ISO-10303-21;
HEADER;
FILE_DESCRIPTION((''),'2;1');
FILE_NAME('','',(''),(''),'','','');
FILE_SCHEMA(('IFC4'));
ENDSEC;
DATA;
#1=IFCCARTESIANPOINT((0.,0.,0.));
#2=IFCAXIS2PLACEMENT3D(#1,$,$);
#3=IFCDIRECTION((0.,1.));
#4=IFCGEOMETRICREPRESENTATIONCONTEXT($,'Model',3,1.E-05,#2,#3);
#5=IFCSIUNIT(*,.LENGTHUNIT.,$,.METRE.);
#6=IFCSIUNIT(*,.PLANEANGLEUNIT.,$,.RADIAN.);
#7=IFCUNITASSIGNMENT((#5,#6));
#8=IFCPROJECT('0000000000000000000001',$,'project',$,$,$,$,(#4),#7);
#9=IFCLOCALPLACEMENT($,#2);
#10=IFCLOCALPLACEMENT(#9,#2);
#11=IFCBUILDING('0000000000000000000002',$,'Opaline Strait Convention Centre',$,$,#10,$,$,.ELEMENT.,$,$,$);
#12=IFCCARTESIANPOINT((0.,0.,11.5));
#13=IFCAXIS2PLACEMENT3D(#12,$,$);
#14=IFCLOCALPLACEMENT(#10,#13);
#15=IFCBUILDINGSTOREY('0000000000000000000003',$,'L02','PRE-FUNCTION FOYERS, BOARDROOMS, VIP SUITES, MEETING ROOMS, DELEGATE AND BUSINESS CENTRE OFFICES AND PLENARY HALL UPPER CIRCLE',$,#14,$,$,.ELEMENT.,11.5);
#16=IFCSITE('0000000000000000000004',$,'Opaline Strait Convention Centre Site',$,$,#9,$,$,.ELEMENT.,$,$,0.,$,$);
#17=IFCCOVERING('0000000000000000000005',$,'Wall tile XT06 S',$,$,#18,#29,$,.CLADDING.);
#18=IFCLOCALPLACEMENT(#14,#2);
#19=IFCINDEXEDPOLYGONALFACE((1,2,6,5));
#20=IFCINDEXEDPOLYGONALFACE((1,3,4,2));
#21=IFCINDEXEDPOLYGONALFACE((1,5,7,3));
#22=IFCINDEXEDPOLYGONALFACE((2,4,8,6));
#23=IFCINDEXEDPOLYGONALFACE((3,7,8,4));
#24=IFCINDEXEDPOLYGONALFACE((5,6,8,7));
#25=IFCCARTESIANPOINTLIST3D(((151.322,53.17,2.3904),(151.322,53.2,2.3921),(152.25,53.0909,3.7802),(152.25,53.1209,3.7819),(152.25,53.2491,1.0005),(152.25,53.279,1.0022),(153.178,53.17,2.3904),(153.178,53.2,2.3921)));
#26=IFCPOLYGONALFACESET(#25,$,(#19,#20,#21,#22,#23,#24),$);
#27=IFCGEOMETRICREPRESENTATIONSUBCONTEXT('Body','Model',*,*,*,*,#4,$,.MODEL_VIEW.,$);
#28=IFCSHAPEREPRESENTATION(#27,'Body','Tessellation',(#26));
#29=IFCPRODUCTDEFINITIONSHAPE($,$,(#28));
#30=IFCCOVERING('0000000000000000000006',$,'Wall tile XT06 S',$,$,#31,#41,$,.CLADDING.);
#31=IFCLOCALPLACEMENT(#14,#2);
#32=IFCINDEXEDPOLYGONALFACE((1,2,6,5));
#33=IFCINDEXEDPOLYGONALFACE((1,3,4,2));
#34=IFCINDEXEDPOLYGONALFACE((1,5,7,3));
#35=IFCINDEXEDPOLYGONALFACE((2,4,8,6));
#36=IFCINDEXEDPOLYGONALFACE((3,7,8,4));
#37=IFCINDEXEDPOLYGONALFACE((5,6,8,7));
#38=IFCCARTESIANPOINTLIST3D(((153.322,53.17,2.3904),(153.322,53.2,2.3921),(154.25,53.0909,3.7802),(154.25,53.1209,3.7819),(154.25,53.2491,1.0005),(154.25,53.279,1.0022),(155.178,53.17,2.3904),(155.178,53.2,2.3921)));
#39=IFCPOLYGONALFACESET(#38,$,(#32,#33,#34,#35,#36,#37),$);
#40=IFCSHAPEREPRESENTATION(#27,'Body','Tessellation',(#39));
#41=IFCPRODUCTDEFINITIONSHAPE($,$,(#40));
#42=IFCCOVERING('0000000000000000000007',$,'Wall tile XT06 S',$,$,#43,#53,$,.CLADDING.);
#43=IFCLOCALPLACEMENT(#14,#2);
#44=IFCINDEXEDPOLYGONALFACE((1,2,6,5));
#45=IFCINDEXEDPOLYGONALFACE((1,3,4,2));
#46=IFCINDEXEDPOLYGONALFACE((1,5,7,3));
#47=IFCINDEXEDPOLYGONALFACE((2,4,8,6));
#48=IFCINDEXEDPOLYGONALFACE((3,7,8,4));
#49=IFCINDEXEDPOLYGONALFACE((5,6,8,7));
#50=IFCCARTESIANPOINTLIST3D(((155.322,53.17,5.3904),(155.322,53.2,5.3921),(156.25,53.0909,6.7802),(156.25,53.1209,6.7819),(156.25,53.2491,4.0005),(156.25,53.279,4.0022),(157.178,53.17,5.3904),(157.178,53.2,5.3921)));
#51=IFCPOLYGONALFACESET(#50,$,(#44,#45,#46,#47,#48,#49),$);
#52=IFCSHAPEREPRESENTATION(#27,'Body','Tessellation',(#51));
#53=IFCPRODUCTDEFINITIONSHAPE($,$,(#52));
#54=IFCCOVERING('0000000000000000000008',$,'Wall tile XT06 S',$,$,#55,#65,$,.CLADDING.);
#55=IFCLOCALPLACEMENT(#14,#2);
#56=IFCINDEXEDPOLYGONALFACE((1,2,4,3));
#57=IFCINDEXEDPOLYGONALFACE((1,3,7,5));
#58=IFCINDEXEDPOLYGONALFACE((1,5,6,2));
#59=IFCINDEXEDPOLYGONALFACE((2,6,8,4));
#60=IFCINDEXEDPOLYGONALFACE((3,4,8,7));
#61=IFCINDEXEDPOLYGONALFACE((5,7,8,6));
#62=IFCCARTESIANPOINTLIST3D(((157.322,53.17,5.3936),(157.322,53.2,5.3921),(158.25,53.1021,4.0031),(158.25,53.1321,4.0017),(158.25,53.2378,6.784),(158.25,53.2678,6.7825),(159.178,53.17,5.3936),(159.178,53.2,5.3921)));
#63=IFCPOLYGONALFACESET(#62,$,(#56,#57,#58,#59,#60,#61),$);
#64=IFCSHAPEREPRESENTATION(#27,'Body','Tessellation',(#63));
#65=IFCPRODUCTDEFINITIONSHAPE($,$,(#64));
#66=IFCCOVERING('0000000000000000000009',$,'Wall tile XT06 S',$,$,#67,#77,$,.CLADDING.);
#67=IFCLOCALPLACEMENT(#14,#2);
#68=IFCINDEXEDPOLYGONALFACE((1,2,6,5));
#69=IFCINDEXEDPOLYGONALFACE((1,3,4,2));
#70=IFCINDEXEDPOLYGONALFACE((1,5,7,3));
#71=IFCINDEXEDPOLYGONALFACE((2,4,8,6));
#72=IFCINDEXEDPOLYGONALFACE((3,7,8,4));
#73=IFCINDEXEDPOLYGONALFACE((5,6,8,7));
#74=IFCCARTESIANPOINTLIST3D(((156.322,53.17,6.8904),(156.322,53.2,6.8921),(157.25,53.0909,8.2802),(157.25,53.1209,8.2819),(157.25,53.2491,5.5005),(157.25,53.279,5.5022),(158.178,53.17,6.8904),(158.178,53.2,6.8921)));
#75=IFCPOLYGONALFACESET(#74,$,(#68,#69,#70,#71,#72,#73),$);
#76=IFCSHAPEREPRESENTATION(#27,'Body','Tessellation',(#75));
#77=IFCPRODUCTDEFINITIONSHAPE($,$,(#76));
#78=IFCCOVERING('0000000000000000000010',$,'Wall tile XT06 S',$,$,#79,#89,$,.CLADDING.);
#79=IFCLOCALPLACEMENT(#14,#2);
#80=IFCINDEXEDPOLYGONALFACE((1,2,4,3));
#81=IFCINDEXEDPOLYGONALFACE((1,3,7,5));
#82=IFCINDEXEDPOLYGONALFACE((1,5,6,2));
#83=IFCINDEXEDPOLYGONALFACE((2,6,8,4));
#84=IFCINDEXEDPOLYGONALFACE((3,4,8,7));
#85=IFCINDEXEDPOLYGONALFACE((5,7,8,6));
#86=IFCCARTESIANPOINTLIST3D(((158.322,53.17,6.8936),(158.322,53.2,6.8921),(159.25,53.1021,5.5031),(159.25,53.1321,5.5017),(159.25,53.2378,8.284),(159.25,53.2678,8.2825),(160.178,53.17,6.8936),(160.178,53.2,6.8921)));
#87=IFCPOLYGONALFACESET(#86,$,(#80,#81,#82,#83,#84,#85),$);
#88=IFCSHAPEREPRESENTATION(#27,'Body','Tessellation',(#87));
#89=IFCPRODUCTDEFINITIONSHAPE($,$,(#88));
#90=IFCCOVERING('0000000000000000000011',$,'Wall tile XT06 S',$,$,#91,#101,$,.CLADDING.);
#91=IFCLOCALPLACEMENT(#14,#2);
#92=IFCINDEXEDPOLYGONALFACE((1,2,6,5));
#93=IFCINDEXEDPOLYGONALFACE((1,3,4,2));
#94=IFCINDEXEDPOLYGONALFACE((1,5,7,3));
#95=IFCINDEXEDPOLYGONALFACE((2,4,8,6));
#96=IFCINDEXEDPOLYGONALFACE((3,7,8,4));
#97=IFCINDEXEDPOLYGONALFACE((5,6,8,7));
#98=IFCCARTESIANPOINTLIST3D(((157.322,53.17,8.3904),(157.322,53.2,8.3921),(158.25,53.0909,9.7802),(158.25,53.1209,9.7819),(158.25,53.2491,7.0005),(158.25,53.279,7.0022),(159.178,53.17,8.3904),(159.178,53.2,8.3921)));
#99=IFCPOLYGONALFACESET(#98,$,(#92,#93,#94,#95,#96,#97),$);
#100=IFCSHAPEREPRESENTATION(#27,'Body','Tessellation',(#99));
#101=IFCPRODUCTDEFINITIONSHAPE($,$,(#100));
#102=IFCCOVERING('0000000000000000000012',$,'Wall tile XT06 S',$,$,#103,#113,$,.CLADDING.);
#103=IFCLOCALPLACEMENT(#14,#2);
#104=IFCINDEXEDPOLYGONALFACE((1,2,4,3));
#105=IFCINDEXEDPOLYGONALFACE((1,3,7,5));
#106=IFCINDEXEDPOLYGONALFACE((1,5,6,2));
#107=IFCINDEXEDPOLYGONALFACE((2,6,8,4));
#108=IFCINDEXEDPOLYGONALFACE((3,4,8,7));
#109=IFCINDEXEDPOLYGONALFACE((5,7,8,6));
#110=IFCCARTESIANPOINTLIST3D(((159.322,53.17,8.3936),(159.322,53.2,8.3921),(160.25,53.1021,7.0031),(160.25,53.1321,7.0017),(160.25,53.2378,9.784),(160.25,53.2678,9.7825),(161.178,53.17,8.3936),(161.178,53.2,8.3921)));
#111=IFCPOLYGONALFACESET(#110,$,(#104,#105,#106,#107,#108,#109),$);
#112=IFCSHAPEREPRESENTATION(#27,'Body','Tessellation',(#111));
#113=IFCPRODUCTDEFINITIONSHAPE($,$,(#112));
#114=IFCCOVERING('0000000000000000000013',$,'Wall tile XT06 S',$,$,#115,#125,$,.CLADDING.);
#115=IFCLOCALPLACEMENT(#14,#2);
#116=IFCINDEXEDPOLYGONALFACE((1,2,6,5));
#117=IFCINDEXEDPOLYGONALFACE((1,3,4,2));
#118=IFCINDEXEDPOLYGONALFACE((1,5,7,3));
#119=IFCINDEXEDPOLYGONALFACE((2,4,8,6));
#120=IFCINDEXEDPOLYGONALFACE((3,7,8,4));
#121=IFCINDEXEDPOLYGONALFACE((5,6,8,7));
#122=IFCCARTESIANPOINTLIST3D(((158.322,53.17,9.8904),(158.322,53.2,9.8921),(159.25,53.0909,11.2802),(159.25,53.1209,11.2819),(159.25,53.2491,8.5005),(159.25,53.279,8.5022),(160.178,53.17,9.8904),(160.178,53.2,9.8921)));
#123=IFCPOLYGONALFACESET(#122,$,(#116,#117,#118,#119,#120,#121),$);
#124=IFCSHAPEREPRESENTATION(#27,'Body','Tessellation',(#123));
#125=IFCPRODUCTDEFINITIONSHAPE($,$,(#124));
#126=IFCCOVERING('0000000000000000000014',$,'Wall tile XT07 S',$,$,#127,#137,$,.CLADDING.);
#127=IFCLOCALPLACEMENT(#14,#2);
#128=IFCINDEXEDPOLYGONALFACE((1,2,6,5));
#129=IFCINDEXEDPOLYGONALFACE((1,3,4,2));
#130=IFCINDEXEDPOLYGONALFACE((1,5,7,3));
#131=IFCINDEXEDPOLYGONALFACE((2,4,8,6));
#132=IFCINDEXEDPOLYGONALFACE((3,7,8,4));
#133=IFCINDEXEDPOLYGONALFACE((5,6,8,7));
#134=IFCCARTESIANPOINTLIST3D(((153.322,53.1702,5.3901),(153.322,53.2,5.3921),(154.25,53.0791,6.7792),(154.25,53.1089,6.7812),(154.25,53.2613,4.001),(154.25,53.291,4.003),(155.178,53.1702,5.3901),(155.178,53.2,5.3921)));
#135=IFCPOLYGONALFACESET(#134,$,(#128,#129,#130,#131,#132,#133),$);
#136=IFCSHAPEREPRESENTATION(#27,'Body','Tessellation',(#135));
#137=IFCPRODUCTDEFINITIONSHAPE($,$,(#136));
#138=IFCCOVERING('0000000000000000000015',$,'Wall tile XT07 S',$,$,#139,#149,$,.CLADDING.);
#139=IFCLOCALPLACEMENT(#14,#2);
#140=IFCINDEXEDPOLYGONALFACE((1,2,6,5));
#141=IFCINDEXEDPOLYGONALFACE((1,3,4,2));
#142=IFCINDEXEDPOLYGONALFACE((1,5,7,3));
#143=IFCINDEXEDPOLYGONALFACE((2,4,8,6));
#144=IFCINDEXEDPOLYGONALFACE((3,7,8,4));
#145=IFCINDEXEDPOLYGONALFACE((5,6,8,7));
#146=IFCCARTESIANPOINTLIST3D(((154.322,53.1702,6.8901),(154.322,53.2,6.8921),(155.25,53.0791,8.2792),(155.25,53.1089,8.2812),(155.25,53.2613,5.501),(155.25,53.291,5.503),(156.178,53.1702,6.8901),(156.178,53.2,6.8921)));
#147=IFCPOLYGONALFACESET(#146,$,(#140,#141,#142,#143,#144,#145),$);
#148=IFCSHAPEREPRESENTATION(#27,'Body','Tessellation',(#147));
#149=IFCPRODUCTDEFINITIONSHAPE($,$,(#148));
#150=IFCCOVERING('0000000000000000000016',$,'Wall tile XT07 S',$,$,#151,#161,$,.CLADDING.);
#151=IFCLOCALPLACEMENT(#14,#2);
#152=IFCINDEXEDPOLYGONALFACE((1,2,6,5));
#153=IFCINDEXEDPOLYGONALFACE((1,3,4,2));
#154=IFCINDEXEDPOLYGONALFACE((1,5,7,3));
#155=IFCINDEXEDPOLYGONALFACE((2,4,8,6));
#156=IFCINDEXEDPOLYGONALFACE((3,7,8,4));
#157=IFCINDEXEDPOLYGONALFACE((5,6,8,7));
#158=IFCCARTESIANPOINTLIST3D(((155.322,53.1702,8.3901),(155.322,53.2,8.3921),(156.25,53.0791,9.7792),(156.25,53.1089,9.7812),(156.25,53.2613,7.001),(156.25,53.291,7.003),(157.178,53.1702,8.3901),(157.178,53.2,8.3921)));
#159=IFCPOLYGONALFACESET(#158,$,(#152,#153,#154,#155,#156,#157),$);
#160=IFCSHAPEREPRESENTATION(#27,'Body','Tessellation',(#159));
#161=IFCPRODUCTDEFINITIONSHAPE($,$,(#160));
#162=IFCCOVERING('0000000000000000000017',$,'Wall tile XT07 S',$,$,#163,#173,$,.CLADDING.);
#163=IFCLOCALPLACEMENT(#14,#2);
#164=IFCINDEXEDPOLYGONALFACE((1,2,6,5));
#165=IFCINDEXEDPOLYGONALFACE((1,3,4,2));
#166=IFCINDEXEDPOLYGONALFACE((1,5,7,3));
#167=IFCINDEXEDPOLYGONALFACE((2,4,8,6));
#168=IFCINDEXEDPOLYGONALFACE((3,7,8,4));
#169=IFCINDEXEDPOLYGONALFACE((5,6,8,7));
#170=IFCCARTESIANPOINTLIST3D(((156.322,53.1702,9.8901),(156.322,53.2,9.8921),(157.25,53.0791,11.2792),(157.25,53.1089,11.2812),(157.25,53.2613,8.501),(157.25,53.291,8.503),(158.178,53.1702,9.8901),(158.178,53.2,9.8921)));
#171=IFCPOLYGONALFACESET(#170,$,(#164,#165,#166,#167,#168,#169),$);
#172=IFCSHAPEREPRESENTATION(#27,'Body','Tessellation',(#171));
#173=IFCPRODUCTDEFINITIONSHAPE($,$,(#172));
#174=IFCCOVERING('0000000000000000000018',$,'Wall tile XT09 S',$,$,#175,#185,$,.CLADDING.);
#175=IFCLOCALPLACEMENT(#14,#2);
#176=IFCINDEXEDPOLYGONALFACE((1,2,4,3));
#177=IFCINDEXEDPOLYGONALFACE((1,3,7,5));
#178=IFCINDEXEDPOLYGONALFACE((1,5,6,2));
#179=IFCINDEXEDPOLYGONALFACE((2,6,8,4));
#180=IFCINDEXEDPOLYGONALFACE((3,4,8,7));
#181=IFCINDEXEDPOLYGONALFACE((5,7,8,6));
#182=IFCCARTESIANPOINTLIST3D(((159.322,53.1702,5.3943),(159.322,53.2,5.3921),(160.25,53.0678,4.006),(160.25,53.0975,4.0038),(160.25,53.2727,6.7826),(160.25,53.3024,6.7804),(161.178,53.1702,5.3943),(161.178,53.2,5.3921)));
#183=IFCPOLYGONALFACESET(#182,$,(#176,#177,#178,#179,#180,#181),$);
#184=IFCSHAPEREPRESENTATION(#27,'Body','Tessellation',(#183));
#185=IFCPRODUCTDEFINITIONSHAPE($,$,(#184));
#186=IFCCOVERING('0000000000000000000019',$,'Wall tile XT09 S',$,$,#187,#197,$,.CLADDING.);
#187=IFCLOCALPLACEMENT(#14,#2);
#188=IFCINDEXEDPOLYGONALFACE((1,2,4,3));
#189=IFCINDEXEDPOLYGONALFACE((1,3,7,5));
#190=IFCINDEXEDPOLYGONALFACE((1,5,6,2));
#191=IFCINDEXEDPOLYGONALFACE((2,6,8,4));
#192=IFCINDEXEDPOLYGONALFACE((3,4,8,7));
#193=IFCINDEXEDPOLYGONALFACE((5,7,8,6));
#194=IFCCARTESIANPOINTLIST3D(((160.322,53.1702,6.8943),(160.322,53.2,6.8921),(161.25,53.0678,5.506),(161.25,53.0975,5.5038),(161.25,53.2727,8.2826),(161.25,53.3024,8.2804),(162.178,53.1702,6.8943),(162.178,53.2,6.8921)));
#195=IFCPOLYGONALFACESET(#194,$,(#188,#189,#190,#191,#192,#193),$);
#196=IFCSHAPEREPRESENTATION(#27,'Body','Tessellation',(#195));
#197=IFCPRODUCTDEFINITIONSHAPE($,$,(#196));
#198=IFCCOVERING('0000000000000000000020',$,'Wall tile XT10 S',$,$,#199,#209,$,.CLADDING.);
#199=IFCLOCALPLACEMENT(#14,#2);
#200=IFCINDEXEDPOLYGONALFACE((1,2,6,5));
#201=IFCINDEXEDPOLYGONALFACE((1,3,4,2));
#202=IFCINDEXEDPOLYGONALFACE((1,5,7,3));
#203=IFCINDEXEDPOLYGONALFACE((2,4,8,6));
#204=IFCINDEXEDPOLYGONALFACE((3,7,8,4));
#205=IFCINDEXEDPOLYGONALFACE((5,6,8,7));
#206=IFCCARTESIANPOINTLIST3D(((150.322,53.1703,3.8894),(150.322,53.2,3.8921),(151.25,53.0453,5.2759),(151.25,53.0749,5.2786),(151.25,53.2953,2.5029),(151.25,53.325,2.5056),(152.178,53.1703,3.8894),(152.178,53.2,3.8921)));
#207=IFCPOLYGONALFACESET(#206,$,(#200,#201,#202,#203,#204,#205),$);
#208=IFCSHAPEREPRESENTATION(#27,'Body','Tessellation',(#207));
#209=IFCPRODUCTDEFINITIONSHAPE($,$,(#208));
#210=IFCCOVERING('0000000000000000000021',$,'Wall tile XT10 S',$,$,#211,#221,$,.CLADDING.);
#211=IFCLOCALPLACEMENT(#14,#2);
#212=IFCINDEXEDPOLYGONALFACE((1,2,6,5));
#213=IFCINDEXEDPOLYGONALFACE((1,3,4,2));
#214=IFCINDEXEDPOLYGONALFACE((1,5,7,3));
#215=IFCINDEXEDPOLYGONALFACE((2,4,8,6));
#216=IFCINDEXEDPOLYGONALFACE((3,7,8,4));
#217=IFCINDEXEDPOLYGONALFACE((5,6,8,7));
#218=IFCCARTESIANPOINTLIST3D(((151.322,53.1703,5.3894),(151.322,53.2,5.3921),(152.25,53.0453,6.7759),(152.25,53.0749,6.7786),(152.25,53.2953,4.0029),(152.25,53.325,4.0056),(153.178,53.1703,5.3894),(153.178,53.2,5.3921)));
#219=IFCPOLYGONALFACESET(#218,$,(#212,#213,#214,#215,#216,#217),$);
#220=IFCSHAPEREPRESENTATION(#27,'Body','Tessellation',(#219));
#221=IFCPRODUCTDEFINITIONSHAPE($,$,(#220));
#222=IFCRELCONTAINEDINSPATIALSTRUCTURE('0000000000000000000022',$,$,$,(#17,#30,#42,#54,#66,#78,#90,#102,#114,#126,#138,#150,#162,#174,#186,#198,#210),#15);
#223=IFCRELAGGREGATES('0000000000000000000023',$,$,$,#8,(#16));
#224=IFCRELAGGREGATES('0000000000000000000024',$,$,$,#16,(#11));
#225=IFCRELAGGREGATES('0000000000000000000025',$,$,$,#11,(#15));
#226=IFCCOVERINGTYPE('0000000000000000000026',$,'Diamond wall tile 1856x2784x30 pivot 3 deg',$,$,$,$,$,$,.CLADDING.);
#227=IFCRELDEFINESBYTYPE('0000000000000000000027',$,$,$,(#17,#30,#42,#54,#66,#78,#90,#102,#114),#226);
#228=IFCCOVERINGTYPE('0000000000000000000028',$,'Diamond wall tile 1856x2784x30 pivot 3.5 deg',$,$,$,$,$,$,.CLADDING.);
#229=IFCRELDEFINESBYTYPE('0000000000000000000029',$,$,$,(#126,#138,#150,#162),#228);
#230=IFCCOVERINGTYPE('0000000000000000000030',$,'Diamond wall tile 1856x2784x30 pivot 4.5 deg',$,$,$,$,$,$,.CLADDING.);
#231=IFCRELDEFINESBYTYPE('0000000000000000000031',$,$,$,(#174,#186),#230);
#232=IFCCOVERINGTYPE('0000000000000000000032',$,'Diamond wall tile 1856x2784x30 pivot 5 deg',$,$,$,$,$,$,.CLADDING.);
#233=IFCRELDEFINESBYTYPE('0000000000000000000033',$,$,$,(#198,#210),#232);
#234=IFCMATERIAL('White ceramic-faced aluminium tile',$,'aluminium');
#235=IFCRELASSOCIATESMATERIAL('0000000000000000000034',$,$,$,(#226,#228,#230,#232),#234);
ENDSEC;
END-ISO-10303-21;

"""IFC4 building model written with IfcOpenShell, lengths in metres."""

from ifc_helpers import new_model, si_unit, direction, frame, origin, place, context, subcontext, project, spatial, polyline, outline, extrude, material, material_profile, profile_set, type_object, element, save


model = new_model("IFC4")

# Units and contexts
model_context = context("Model", 3, precision=1e-05, world=origin(), true_north=direction((0.0, 1.0)))
body_context = subcontext(model_context, "Body", "Model", "MODEL_VIEW")
ifc_project = project(units=[si_unit("LENGTHUNIT", "METRE"), si_unit("PLANEANGLEUNIT", "RADIAN")], contexts=[model_context])

# Site, building, storey
site_placement = place(None, origin())
site = spatial("IfcSite", under=ifc_project, at=site_placement, Name="Opaline Strait Convention Centre Site", CompositionType="ELEMENT", RefElevation=0.0)
building_placement = place(site_placement, origin())
building = spatial("IfcBuilding", under=site, at=building_placement, Name="Opaline Strait Convention Centre", CompositionType="ELEMENT")
storey_placement = place(building_placement, frame((0.0, 0.0, 11.5)))
storey = spatial("IfcBuildingStorey", under=building, at=storey_placement, Name="L02", Description="PRE-FUNCTION FOYERS, BOARDROOMS, VIP SUITES, MEETING ROOMS, DELEGATE AND BUSINESS CENTRE OFFICES AND PLENARY HALL UPPER CIRCLE", CompositionType="ELEMENT", Elevation=11.5)

# Coverings
ifc_material = material(Name="White ceramic-faced aluminium tile", Category="aluminium")
ifc_material_profile_1 = material_profile(ifc_material, outline(polyline([(0.928, 0.0), (0.0, 1.3921), (-0.928, 0.0), (0.0, -1.3921), (0.928, 0.0)])), Name="Diamond tile 1856x2784")
ifc_profile_set_1 = profile_set([ifc_material_profile_1], Name="White ceramic-faced aluminium tile")
covering_type_1 = type_object("IfcCoveringType", Name="Diamond wall tile 1856x2784x30 pivot 3 deg", PredefinedType="CLADDING", material=ifc_profile_set_1)
for number, where, z_axis, x_axis, name in (
    (1, (152.25, 53.2, 2.3921), (0.0, -0.998385, -0.056819), (1.0, 0.0, 0.0), "Wall tile XT06 S"),
    (2, (154.25, 53.2, 2.3921), (0.0, -0.998385, -0.056819), (1.0, 0.0, 0.0), "Wall tile XT06 S"),
    (3, (156.25, 53.2, 5.3921), (0.0, -0.998385, -0.056819), (1.0, 0.0, 0.0), "Wall tile XT06 S"),
    (4, (158.25, 53.2, 5.3921), (0.0, -0.998812, 0.048723), (1.0, 0.0, 0.0), "Wall tile XT06 S"),
    (5, (157.25, 53.2, 6.8921), (0.0, -0.998385, -0.056819), (1.0, 0.0, 0.0), "Wall tile XT06 S"),
    (6, (159.25, 53.2, 6.8921), (0.0, -0.998812, 0.048723), (1.0, 0.0, 0.0), "Wall tile XT06 S"),
    (7, (158.25, 53.2, 8.3921), (0.0, -0.998385, -0.056819), (1.0, 0.0, 0.0), "Wall tile XT06 S"),
    (8, (160.25, 53.2, 8.3921), (0.0, -0.998812, 0.048723), (1.0, 0.0, 0.0), "Wall tile XT06 S"),
    (9, (159.25, 53.2, 9.8921), (0.0, -0.998385, -0.056819), (1.0, 0.0, 0.0), "Wall tile XT06 S"),
):
    element("IfcCovering", number, at=place(storey_placement, frame(where, z_axis=z_axis, x_axis=x_axis)), inside=storey, type_object=covering_type_1, Name=name, PredefinedType="CLADDING", context=body_context, shape_type="SweptSolid", body=[
        extrude(outline(polyline([(0.928, 0.0), (0.0, 1.3921), (-0.928, 0.0), (0.0, -1.3921), (0.928, 0.0)])), origin(), (0.0, 0.0, 1.0), 0.03),
    ])
ifc_material_profile_2 = material_profile(ifc_material, outline(polyline([(0.928, 0.0), (0.0, 1.3921), (-0.928, 0.0), (0.0, -1.3921), (0.928, 0.0)])), Name="Diamond tile 1856x2784")
ifc_profile_set_2 = profile_set([ifc_material_profile_2], Name="White ceramic-faced aluminium tile")
covering_type_2 = type_object("IfcCoveringType", Name="Diamond wall tile 1856x2784x30 pivot 3.5 deg", PredefinedType="CLADDING", material=ifc_profile_set_2)
for number, where, z_axis, x_axis, name in (
    (10, (154.25, 53.2, 5.3921), (0.0, -0.997857, -0.065433), (1.0, 0.0, 0.0), "Wall tile XT07 S"),
    (11, (155.25, 53.2, 6.8921), (0.0, -0.997857, -0.065433), (1.0, 0.0, 0.0), "Wall tile XT07 S"),
    (12, (156.25, 53.2, 8.3921), (0.0, -0.997857, -0.065433), (1.0, 0.0, 0.0), "Wall tile XT07 S"),
    (13, (157.25, 53.2, 9.8921), (0.0, -0.997857, -0.065433), (1.0, 0.0, 0.0), "Wall tile XT07 S"),
):
    element("IfcCovering", number, at=place(storey_placement, frame(where, z_axis=z_axis, x_axis=x_axis)), inside=storey, type_object=covering_type_2, Name=name, PredefinedType="CLADDING", context=body_context, shape_type="SweptSolid", body=[
        extrude(outline(polyline([(0.928, 0.0), (0.0, 1.3921), (-0.928, 0.0), (0.0, -1.3921), (0.928, 0.0)])), origin(), (0.0, 0.0, 1.0), 0.0298),
    ])
ifc_material_profile_3 = material_profile(ifc_material, outline(polyline([(0.928, 0.0), (0.0, 1.3921), (-0.928, 0.0), (0.0, -1.3921), (0.928, 0.0)])), Name="Diamond tile 1856x2784")
ifc_profile_set_3 = profile_set([ifc_material_profile_3], Name="White ceramic-faced aluminium tile")
covering_type_3 = type_object("IfcCoveringType", Name="Diamond wall tile 1856x2784x30 pivot 4.5 deg", PredefinedType="CLADDING", material=ifc_profile_set_3)
for number, where, z_axis, x_axis, name in (
    (14, (160.25, 53.2, 5.3921), (0.0, -0.99729, 0.073571), (1.0, 0.0, 0.0), "Wall tile XT09 S"),
    (15, (161.25, 53.2, 6.8921), (0.0, -0.99729, 0.073571), (1.0, 0.0, 0.0), "Wall tile XT09 S"),
):
    element("IfcCovering", number, at=place(storey_placement, frame(where, z_axis=z_axis, x_axis=x_axis)), inside=storey, type_object=covering_type_3, Name=name, PredefinedType="CLADDING", context=body_context, shape_type="SweptSolid", body=[
        extrude(outline(polyline([(0.928, 0.0), (0.0, 1.3921), (-0.928, 0.0), (0.0, -1.3921), (0.928, 0.0)])), origin(), (0.0, 0.0, 1.0), 0.0298),
    ])
ifc_material_profile_4 = material_profile(ifc_material, outline(polyline([(0.928, 0.0), (0.0, 1.3921), (-0.928, 0.0), (0.0, -1.3921), (0.928, 0.0)])), Name="Diamond tile 1856x2784")
ifc_profile_set_4 = profile_set([ifc_material_profile_4], Name="White ceramic-faced aluminium tile")
covering_type_4 = type_object("IfcCoveringType", Name="Diamond wall tile 1856x2784x30 pivot 5 deg", PredefinedType="CLADDING", material=ifc_profile_set_4)
for number, where, z_axis, x_axis, name in (
    (16, (151.25, 53.2, 3.8921), (0.0, -0.99596, -0.0898), (1.0, 0.0, 0.0), "Wall tile XT10 S"),
    (17, (152.25, 53.2, 5.3921), (0.0, -0.99596, -0.0898), (1.0, 0.0, 0.0), "Wall tile XT10 S"),
):
    element("IfcCovering", number, at=place(storey_placement, frame(where, z_axis=z_axis, x_axis=x_axis)), inside=storey, type_object=covering_type_4, Name=name, PredefinedType="CLADDING", context=body_context, shape_type="SweptSolid", body=[
        extrude(outline(polyline([(0.928, 0.0), (0.0, 1.3921), (-0.928, 0.0), (0.0, -1.3921), (0.928, 0.0)])), origin(), (0.0, 0.0, 1.0), 0.0298),
    ])

save(model, "model.ifc")
